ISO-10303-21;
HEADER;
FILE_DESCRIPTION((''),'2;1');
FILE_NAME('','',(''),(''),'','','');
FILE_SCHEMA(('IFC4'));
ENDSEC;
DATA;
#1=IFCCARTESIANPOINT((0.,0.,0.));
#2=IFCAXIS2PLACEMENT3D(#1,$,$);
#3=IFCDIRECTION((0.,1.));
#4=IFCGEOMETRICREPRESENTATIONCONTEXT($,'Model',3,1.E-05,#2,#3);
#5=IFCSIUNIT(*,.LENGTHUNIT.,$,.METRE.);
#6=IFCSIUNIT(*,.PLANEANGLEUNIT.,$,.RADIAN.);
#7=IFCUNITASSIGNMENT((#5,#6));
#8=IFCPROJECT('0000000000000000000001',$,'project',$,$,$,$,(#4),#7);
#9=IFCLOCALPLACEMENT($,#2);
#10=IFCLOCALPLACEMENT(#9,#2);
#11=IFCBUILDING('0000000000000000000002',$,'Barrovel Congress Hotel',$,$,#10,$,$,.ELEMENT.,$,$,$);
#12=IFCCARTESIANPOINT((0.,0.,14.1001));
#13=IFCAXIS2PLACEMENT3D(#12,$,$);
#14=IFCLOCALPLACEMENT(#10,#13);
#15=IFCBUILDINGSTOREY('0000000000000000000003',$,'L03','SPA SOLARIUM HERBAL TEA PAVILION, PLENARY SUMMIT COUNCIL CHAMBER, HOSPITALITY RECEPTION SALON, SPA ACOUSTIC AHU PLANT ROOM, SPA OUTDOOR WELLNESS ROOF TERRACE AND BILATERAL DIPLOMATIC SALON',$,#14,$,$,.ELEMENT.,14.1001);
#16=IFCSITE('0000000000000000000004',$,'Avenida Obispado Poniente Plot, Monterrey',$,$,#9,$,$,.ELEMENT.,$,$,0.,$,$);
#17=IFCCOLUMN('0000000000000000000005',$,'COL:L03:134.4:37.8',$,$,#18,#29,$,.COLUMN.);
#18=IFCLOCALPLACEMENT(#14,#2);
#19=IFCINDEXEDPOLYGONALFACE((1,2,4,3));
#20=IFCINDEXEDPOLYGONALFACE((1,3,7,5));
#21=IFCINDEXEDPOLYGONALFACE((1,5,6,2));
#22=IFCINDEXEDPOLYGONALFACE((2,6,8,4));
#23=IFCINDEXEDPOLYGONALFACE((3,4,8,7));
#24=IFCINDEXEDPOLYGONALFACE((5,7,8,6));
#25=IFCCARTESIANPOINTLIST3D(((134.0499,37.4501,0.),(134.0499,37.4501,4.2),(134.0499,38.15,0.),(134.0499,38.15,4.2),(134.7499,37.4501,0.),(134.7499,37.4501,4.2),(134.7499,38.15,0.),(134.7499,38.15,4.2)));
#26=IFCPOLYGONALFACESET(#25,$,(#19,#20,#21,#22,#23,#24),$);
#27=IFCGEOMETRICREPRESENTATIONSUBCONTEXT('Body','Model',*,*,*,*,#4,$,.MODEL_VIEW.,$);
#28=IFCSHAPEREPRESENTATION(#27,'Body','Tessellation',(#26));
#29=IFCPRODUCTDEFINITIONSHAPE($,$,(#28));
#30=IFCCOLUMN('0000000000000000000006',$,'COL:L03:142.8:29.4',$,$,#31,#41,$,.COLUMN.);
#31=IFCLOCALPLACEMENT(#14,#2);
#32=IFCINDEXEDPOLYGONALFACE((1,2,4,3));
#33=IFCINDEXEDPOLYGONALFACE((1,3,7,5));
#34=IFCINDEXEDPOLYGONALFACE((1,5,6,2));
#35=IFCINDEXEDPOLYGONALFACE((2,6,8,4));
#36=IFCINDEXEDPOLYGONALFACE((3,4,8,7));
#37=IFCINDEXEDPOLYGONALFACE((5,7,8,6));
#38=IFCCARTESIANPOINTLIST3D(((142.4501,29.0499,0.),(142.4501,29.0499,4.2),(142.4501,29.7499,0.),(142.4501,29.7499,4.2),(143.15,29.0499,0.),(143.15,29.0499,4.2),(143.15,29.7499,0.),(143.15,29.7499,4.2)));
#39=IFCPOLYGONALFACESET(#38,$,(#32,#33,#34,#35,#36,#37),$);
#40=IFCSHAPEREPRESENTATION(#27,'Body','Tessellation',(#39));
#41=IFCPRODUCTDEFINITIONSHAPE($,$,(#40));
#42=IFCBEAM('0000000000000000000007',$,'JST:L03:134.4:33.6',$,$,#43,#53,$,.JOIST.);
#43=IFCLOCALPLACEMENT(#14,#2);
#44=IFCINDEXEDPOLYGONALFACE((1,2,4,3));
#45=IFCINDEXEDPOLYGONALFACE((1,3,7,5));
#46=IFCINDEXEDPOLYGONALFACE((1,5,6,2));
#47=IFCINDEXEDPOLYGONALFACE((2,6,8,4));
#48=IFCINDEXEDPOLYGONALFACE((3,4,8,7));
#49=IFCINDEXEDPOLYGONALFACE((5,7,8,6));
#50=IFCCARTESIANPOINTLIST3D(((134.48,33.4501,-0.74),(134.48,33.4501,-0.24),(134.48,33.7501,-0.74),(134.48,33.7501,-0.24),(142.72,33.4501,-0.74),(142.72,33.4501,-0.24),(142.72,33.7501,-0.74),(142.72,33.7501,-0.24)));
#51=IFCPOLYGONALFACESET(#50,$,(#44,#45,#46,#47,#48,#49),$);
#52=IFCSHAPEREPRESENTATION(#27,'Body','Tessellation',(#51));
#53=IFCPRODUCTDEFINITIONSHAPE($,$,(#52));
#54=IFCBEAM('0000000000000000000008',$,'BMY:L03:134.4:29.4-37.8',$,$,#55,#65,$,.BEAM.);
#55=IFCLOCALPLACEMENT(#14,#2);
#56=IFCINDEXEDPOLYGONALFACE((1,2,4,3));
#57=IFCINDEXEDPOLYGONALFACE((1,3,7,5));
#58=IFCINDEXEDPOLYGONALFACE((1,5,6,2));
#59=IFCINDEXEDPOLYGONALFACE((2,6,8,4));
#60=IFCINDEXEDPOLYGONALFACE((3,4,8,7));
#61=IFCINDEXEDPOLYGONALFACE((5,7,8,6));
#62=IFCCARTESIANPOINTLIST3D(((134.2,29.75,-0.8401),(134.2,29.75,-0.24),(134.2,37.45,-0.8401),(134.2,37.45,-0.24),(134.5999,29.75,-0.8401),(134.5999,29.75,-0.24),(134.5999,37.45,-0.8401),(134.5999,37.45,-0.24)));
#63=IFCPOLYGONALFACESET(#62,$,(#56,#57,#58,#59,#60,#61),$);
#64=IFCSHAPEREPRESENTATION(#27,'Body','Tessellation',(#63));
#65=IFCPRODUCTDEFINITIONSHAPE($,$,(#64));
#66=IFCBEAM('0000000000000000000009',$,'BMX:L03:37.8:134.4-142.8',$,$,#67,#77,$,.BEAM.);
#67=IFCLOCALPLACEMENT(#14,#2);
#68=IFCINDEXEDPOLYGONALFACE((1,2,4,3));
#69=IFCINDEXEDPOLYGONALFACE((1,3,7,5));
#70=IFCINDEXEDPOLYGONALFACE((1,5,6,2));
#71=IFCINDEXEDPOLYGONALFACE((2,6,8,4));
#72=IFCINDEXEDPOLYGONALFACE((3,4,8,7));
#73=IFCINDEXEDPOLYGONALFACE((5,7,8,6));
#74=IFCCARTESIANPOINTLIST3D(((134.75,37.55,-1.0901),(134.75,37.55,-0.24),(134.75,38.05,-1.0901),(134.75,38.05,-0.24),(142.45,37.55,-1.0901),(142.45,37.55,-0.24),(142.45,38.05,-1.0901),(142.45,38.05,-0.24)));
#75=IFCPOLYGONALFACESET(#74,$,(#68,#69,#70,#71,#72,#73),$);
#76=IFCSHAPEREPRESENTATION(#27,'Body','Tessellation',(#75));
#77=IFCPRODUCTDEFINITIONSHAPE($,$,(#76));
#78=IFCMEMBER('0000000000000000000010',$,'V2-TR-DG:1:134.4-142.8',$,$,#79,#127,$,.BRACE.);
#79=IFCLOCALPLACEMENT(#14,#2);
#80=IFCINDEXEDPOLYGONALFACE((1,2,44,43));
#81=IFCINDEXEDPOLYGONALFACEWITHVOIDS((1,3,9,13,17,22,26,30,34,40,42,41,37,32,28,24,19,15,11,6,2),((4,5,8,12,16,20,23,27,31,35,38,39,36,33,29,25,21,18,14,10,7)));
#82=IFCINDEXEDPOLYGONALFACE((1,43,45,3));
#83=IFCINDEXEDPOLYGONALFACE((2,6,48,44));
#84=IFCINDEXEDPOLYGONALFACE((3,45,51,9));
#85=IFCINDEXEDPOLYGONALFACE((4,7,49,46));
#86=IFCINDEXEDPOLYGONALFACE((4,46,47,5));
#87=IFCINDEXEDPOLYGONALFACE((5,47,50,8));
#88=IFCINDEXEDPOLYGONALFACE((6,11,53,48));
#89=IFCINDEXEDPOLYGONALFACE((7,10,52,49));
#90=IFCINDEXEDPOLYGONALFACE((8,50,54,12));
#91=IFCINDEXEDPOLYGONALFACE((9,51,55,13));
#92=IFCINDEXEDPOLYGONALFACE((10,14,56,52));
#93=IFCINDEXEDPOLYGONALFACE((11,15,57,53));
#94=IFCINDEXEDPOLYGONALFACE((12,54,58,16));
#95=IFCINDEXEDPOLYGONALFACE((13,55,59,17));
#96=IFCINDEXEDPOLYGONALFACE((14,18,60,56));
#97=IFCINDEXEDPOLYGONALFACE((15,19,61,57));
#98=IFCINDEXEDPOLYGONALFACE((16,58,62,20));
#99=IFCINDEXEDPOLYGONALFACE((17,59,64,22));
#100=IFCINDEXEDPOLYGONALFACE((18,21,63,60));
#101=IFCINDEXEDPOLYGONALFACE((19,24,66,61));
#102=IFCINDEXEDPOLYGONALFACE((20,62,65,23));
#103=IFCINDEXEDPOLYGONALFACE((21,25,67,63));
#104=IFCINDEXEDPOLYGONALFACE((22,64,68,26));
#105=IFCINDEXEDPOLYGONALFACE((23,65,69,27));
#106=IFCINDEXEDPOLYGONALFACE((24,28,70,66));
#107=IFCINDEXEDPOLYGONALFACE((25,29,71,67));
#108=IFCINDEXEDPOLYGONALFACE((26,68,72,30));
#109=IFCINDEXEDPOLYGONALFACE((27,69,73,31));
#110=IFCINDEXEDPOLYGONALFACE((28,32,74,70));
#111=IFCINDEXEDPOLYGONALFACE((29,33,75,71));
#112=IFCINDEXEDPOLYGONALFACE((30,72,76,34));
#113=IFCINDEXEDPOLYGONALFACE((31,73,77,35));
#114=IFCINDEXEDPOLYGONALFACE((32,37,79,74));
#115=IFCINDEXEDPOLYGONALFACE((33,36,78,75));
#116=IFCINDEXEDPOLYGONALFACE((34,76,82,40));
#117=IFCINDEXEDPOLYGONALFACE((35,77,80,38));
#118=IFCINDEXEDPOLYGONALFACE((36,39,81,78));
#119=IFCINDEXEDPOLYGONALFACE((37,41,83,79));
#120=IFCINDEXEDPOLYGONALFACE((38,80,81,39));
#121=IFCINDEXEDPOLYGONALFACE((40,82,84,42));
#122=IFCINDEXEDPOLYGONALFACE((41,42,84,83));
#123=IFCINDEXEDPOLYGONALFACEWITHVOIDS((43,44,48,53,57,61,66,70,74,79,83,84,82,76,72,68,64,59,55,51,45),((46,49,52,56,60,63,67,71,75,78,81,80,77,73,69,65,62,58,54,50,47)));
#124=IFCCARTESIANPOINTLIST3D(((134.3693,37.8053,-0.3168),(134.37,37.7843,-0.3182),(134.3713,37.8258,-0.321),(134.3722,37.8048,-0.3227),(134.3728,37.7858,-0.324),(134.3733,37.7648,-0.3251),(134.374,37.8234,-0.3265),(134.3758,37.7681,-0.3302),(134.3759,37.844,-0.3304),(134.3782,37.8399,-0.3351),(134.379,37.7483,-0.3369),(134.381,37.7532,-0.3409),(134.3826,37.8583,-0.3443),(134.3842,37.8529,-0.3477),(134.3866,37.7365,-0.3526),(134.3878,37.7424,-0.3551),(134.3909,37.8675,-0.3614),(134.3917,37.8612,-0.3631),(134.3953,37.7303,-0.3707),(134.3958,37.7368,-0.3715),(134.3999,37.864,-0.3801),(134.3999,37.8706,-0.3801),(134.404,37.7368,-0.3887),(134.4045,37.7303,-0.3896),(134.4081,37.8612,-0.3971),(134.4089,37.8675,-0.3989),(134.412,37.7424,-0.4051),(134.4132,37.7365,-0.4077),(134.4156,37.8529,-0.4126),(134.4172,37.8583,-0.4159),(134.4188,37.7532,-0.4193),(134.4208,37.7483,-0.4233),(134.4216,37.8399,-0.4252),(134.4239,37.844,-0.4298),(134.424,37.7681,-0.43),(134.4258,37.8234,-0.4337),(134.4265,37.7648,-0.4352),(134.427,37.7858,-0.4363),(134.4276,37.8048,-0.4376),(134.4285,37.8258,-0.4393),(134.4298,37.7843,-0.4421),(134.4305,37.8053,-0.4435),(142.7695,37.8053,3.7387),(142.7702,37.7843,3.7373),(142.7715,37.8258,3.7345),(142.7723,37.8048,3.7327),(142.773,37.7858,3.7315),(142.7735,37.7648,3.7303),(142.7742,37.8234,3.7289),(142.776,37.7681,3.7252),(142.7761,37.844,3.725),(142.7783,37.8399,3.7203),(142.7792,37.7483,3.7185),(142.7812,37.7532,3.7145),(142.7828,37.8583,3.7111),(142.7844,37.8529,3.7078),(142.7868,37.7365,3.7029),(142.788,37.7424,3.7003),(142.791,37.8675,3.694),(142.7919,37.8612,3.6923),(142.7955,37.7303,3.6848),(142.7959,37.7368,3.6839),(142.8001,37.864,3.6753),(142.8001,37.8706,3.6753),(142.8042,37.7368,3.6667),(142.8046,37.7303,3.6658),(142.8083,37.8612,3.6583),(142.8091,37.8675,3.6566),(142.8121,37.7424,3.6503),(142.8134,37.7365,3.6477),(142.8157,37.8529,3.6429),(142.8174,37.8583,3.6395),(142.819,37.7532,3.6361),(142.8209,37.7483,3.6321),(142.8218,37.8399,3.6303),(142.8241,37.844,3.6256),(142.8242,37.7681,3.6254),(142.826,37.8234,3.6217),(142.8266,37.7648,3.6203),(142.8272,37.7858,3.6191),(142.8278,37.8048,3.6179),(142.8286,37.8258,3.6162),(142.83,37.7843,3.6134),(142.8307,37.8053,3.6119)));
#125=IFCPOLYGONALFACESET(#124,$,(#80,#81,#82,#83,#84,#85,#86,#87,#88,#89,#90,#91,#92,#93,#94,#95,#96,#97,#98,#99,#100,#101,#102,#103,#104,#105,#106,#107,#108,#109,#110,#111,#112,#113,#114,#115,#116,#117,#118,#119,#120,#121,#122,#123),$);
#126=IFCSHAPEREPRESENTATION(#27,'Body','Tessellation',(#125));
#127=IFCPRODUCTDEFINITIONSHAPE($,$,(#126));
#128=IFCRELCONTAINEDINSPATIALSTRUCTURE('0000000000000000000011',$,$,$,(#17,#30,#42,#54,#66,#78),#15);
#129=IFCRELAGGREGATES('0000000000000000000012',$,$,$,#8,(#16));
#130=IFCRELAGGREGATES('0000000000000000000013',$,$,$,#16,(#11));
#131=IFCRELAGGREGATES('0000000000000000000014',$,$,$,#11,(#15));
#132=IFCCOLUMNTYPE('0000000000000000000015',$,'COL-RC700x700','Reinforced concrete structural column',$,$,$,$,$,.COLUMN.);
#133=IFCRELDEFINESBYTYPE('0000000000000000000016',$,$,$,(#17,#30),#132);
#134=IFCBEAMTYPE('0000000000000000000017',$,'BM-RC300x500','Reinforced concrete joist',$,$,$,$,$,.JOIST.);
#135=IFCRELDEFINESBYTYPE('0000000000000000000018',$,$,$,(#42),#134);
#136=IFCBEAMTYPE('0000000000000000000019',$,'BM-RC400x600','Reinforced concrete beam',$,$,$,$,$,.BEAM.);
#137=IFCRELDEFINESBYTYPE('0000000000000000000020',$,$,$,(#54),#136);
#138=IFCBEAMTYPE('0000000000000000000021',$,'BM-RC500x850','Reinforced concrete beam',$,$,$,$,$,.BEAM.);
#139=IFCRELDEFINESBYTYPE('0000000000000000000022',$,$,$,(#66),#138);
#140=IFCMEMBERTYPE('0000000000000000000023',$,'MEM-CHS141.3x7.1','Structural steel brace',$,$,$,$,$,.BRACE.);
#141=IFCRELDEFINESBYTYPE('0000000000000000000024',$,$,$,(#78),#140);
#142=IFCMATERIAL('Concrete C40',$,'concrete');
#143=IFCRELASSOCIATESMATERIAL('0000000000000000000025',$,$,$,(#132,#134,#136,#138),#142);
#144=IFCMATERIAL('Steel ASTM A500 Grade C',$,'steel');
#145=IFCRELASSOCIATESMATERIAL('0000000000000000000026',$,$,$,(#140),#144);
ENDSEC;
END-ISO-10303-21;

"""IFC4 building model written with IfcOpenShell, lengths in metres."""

from ifc_helpers import new_model, si_unit, direction, frame, origin, origin_2d, place, context, subcontext, project, spatial, rectangle, hollow_circle, extrude, material, material_profile, profile_set, type_object, element, save


model = new_model("IFC4")

# Units and contexts
model_context = context("Model", 3, precision=1e-05, world=origin(), true_north=direction((0.0, 1.0)))
body_context = subcontext(model_context, "Body", "Model", "MODEL_VIEW")
ifc_project = project(units=[si_unit("LENGTHUNIT", "METRE"), si_unit("PLANEANGLEUNIT", "RADIAN")], contexts=[model_context])

# Site, building, storey
site_placement = place(None, origin())
site = spatial("IfcSite", under=ifc_project, at=site_placement, Name="Avenida Obispado Poniente Plot, Monterrey", CompositionType="ELEMENT", RefElevation=0.0)
building_placement = place(site_placement, origin())
building = spatial("IfcBuilding", under=site, at=building_placement, Name="Barrovel Congress Hotel", CompositionType="ELEMENT")
storey_placement = place(building_placement, frame((0.0, 0.0, 14.1001)))
storey = spatial("IfcBuildingStorey", under=building, at=storey_placement, Name="L03", Description="SPA SOLARIUM HERBAL TEA PAVILION, PLENARY SUMMIT COUNCIL CHAMBER, HOSPITALITY RECEPTION SALON, SPA ACOUSTIC AHU PLANT ROOM, SPA OUTDOOR WELLNESS ROOF TERRACE AND BILATERAL DIPLOMATIC SALON", CompositionType="ELEMENT", Elevation=14.1001)

# Columns
ifc_material_1 = material(Name="Concrete C40", Category="concrete")
ifc_material_profile_1 = material_profile(ifc_material_1, rectangle(XDim=0.7, YDim=0.7, at=origin_2d()), Name="RC700x700")
ifc_profile_set_1 = profile_set([ifc_material_profile_1], Name="Concrete C40")
column_type = type_object("IfcColumnType", Name="COL-RC700x700", Description="Reinforced concrete structural column", PredefinedType="COLUMN", material=ifc_profile_set_1)
for number, where, z_axis, x_axis, name in (
    (1, (134.3999, 37.8, 0.0), (0.0, 0.0, 1.0), (1.0, 0.0, 0.0), "COL:L03:134.4:37.8"),
    (2, (142.8, 29.3999, 0.0), (0.0, 0.0, 1.0), (1.0, 0.0, 0.0), "COL:L03:142.8:29.4"),
):
    element("IfcColumn", number, at=place(storey_placement, frame(where, z_axis=z_axis, x_axis=x_axis)), inside=storey, type_object=column_type, Name=name, PredefinedType="COLUMN", context=body_context, shape_type="SweptSolid", body=[
        extrude(rectangle(XDim=0.7, YDim=0.7, at=origin_2d()), origin(), (0.0, 0.0, 1.0), 4.2),
    ])

# Beams
ifc_material_profile_2 = material_profile(ifc_material_1, rectangle(XDim=0.3, YDim=0.5, at=origin_2d()), Name="RC300x500")
ifc_profile_set_2 = profile_set([ifc_material_profile_2], Name="Concrete C40")
beam_type_1 = type_object("IfcBeamType", Name="BM-RC300x500", Description="Reinforced concrete joist", PredefinedType="JOIST", material=ifc_profile_set_2)
beam_1_placement = place(storey_placement, frame((134.48, 33.6001, -0.49), z_axis=(1.0, 0.0, 0.0), x_axis=(0.0, 1.0, 0.0)))
element("IfcBeam", 3, at=beam_1_placement, inside=storey, type_object=beam_type_1, Name="JST:L03:134.4:33.6", PredefinedType="JOIST", context=body_context, shape_type="SweptSolid", body=[
    extrude(rectangle(XDim=0.3, YDim=0.5, at=origin_2d()), origin(), (0.0, 0.0, 1.0), 8.24),
])
ifc_material_profile_3 = material_profile(ifc_material_1, rectangle(XDim=0.3999, YDim=0.6001, at=origin_2d()), Name="RC400x600")
ifc_profile_set_3 = profile_set([ifc_material_profile_3], Name="Concrete C40")
beam_type_2 = type_object("IfcBeamType", Name="BM-RC400x600", Description="Reinforced concrete beam", PredefinedType="BEAM", material=ifc_profile_set_3)
beam_2_placement = place(storey_placement, frame((134.3999, 29.75, -0.54), z_axis=(0.0, 1.0, 0.0), x_axis=(-1.0, 0.0, 0.0)))
element("IfcBeam", 4, at=beam_2_placement, inside=storey, type_object=beam_type_2, Name="BMY:L03:134.4:29.4-37.8", PredefinedType="BEAM", context=body_context, shape_type="SweptSolid", body=[
    extrude(rectangle(XDim=0.3999, YDim=0.6001, at=origin_2d()), origin(), (0.0, 0.0, 1.0), 7.7),
])
ifc_material_profile_4 = material_profile(ifc_material_1, rectangle(XDim=0.5, YDim=0.8501, at=origin_2d()), Name="RC500x850")
ifc_profile_set_4 = profile_set([ifc_material_profile_4], Name="Concrete C40")
beam_type_3 = type_object("IfcBeamType", Name="BM-RC500x850", Description="Reinforced concrete beam", PredefinedType="BEAM", material=ifc_profile_set_4)
beam_3_placement = place(storey_placement, frame((134.75, 37.8, -0.665), z_axis=(1.0, 0.0, 0.0), x_axis=(0.0, 1.0, 0.0)))
element("IfcBeam", 5, at=beam_3_placement, inside=storey, type_object=beam_type_3, Name="BMX:L03:37.8:134.4-142.8", PredefinedType="BEAM", context=body_context, shape_type="SweptSolid", body=[
    extrude(rectangle(XDim=0.5, YDim=0.8501, at=origin_2d()), origin(), (0.0, 0.0, 1.0), 7.7),
])

# Member
ifc_material_2 = material(Name="Steel ASTM A500 Grade C", Category="steel")
ifc_material_profile_5 = material_profile(ifc_material_2, hollow_circle(Radius=0.0706, WallThickness=0.0066, at=origin_2d()), Name="CHS141.3x7.1")
ifc_profile_set_5 = profile_set([ifc_material_profile_5], Name="Steel ASTM A500 Grade C")
member_type_1 = type_object("IfcMemberType", Name="MEM-CHS141.3x7.1", Description="Structural steel brace", PredefinedType="BRACE", material=ifc_profile_set_5)
member_placement = place(storey_placement, frame((134.3999, 37.8, -0.3801), z_axis=(0.900544, 0.0, 0.434764), x_axis=(0.0, 1.0, 0.0)))
element("IfcMember", 6, at=member_placement, inside=storey, type_object=member_type_1, Name="V2-TR-DG:1:134.4-142.8", PredefinedType="BRACE", context=body_context, shape_type="SweptSolid", body=[
    extrude(hollow_circle(Radius=0.0706, WallThickness=0.0066, at=origin_2d()), origin(), (0.0, 0.0, 1.0), 9.3279),
])

save(model, "model.ifc")
